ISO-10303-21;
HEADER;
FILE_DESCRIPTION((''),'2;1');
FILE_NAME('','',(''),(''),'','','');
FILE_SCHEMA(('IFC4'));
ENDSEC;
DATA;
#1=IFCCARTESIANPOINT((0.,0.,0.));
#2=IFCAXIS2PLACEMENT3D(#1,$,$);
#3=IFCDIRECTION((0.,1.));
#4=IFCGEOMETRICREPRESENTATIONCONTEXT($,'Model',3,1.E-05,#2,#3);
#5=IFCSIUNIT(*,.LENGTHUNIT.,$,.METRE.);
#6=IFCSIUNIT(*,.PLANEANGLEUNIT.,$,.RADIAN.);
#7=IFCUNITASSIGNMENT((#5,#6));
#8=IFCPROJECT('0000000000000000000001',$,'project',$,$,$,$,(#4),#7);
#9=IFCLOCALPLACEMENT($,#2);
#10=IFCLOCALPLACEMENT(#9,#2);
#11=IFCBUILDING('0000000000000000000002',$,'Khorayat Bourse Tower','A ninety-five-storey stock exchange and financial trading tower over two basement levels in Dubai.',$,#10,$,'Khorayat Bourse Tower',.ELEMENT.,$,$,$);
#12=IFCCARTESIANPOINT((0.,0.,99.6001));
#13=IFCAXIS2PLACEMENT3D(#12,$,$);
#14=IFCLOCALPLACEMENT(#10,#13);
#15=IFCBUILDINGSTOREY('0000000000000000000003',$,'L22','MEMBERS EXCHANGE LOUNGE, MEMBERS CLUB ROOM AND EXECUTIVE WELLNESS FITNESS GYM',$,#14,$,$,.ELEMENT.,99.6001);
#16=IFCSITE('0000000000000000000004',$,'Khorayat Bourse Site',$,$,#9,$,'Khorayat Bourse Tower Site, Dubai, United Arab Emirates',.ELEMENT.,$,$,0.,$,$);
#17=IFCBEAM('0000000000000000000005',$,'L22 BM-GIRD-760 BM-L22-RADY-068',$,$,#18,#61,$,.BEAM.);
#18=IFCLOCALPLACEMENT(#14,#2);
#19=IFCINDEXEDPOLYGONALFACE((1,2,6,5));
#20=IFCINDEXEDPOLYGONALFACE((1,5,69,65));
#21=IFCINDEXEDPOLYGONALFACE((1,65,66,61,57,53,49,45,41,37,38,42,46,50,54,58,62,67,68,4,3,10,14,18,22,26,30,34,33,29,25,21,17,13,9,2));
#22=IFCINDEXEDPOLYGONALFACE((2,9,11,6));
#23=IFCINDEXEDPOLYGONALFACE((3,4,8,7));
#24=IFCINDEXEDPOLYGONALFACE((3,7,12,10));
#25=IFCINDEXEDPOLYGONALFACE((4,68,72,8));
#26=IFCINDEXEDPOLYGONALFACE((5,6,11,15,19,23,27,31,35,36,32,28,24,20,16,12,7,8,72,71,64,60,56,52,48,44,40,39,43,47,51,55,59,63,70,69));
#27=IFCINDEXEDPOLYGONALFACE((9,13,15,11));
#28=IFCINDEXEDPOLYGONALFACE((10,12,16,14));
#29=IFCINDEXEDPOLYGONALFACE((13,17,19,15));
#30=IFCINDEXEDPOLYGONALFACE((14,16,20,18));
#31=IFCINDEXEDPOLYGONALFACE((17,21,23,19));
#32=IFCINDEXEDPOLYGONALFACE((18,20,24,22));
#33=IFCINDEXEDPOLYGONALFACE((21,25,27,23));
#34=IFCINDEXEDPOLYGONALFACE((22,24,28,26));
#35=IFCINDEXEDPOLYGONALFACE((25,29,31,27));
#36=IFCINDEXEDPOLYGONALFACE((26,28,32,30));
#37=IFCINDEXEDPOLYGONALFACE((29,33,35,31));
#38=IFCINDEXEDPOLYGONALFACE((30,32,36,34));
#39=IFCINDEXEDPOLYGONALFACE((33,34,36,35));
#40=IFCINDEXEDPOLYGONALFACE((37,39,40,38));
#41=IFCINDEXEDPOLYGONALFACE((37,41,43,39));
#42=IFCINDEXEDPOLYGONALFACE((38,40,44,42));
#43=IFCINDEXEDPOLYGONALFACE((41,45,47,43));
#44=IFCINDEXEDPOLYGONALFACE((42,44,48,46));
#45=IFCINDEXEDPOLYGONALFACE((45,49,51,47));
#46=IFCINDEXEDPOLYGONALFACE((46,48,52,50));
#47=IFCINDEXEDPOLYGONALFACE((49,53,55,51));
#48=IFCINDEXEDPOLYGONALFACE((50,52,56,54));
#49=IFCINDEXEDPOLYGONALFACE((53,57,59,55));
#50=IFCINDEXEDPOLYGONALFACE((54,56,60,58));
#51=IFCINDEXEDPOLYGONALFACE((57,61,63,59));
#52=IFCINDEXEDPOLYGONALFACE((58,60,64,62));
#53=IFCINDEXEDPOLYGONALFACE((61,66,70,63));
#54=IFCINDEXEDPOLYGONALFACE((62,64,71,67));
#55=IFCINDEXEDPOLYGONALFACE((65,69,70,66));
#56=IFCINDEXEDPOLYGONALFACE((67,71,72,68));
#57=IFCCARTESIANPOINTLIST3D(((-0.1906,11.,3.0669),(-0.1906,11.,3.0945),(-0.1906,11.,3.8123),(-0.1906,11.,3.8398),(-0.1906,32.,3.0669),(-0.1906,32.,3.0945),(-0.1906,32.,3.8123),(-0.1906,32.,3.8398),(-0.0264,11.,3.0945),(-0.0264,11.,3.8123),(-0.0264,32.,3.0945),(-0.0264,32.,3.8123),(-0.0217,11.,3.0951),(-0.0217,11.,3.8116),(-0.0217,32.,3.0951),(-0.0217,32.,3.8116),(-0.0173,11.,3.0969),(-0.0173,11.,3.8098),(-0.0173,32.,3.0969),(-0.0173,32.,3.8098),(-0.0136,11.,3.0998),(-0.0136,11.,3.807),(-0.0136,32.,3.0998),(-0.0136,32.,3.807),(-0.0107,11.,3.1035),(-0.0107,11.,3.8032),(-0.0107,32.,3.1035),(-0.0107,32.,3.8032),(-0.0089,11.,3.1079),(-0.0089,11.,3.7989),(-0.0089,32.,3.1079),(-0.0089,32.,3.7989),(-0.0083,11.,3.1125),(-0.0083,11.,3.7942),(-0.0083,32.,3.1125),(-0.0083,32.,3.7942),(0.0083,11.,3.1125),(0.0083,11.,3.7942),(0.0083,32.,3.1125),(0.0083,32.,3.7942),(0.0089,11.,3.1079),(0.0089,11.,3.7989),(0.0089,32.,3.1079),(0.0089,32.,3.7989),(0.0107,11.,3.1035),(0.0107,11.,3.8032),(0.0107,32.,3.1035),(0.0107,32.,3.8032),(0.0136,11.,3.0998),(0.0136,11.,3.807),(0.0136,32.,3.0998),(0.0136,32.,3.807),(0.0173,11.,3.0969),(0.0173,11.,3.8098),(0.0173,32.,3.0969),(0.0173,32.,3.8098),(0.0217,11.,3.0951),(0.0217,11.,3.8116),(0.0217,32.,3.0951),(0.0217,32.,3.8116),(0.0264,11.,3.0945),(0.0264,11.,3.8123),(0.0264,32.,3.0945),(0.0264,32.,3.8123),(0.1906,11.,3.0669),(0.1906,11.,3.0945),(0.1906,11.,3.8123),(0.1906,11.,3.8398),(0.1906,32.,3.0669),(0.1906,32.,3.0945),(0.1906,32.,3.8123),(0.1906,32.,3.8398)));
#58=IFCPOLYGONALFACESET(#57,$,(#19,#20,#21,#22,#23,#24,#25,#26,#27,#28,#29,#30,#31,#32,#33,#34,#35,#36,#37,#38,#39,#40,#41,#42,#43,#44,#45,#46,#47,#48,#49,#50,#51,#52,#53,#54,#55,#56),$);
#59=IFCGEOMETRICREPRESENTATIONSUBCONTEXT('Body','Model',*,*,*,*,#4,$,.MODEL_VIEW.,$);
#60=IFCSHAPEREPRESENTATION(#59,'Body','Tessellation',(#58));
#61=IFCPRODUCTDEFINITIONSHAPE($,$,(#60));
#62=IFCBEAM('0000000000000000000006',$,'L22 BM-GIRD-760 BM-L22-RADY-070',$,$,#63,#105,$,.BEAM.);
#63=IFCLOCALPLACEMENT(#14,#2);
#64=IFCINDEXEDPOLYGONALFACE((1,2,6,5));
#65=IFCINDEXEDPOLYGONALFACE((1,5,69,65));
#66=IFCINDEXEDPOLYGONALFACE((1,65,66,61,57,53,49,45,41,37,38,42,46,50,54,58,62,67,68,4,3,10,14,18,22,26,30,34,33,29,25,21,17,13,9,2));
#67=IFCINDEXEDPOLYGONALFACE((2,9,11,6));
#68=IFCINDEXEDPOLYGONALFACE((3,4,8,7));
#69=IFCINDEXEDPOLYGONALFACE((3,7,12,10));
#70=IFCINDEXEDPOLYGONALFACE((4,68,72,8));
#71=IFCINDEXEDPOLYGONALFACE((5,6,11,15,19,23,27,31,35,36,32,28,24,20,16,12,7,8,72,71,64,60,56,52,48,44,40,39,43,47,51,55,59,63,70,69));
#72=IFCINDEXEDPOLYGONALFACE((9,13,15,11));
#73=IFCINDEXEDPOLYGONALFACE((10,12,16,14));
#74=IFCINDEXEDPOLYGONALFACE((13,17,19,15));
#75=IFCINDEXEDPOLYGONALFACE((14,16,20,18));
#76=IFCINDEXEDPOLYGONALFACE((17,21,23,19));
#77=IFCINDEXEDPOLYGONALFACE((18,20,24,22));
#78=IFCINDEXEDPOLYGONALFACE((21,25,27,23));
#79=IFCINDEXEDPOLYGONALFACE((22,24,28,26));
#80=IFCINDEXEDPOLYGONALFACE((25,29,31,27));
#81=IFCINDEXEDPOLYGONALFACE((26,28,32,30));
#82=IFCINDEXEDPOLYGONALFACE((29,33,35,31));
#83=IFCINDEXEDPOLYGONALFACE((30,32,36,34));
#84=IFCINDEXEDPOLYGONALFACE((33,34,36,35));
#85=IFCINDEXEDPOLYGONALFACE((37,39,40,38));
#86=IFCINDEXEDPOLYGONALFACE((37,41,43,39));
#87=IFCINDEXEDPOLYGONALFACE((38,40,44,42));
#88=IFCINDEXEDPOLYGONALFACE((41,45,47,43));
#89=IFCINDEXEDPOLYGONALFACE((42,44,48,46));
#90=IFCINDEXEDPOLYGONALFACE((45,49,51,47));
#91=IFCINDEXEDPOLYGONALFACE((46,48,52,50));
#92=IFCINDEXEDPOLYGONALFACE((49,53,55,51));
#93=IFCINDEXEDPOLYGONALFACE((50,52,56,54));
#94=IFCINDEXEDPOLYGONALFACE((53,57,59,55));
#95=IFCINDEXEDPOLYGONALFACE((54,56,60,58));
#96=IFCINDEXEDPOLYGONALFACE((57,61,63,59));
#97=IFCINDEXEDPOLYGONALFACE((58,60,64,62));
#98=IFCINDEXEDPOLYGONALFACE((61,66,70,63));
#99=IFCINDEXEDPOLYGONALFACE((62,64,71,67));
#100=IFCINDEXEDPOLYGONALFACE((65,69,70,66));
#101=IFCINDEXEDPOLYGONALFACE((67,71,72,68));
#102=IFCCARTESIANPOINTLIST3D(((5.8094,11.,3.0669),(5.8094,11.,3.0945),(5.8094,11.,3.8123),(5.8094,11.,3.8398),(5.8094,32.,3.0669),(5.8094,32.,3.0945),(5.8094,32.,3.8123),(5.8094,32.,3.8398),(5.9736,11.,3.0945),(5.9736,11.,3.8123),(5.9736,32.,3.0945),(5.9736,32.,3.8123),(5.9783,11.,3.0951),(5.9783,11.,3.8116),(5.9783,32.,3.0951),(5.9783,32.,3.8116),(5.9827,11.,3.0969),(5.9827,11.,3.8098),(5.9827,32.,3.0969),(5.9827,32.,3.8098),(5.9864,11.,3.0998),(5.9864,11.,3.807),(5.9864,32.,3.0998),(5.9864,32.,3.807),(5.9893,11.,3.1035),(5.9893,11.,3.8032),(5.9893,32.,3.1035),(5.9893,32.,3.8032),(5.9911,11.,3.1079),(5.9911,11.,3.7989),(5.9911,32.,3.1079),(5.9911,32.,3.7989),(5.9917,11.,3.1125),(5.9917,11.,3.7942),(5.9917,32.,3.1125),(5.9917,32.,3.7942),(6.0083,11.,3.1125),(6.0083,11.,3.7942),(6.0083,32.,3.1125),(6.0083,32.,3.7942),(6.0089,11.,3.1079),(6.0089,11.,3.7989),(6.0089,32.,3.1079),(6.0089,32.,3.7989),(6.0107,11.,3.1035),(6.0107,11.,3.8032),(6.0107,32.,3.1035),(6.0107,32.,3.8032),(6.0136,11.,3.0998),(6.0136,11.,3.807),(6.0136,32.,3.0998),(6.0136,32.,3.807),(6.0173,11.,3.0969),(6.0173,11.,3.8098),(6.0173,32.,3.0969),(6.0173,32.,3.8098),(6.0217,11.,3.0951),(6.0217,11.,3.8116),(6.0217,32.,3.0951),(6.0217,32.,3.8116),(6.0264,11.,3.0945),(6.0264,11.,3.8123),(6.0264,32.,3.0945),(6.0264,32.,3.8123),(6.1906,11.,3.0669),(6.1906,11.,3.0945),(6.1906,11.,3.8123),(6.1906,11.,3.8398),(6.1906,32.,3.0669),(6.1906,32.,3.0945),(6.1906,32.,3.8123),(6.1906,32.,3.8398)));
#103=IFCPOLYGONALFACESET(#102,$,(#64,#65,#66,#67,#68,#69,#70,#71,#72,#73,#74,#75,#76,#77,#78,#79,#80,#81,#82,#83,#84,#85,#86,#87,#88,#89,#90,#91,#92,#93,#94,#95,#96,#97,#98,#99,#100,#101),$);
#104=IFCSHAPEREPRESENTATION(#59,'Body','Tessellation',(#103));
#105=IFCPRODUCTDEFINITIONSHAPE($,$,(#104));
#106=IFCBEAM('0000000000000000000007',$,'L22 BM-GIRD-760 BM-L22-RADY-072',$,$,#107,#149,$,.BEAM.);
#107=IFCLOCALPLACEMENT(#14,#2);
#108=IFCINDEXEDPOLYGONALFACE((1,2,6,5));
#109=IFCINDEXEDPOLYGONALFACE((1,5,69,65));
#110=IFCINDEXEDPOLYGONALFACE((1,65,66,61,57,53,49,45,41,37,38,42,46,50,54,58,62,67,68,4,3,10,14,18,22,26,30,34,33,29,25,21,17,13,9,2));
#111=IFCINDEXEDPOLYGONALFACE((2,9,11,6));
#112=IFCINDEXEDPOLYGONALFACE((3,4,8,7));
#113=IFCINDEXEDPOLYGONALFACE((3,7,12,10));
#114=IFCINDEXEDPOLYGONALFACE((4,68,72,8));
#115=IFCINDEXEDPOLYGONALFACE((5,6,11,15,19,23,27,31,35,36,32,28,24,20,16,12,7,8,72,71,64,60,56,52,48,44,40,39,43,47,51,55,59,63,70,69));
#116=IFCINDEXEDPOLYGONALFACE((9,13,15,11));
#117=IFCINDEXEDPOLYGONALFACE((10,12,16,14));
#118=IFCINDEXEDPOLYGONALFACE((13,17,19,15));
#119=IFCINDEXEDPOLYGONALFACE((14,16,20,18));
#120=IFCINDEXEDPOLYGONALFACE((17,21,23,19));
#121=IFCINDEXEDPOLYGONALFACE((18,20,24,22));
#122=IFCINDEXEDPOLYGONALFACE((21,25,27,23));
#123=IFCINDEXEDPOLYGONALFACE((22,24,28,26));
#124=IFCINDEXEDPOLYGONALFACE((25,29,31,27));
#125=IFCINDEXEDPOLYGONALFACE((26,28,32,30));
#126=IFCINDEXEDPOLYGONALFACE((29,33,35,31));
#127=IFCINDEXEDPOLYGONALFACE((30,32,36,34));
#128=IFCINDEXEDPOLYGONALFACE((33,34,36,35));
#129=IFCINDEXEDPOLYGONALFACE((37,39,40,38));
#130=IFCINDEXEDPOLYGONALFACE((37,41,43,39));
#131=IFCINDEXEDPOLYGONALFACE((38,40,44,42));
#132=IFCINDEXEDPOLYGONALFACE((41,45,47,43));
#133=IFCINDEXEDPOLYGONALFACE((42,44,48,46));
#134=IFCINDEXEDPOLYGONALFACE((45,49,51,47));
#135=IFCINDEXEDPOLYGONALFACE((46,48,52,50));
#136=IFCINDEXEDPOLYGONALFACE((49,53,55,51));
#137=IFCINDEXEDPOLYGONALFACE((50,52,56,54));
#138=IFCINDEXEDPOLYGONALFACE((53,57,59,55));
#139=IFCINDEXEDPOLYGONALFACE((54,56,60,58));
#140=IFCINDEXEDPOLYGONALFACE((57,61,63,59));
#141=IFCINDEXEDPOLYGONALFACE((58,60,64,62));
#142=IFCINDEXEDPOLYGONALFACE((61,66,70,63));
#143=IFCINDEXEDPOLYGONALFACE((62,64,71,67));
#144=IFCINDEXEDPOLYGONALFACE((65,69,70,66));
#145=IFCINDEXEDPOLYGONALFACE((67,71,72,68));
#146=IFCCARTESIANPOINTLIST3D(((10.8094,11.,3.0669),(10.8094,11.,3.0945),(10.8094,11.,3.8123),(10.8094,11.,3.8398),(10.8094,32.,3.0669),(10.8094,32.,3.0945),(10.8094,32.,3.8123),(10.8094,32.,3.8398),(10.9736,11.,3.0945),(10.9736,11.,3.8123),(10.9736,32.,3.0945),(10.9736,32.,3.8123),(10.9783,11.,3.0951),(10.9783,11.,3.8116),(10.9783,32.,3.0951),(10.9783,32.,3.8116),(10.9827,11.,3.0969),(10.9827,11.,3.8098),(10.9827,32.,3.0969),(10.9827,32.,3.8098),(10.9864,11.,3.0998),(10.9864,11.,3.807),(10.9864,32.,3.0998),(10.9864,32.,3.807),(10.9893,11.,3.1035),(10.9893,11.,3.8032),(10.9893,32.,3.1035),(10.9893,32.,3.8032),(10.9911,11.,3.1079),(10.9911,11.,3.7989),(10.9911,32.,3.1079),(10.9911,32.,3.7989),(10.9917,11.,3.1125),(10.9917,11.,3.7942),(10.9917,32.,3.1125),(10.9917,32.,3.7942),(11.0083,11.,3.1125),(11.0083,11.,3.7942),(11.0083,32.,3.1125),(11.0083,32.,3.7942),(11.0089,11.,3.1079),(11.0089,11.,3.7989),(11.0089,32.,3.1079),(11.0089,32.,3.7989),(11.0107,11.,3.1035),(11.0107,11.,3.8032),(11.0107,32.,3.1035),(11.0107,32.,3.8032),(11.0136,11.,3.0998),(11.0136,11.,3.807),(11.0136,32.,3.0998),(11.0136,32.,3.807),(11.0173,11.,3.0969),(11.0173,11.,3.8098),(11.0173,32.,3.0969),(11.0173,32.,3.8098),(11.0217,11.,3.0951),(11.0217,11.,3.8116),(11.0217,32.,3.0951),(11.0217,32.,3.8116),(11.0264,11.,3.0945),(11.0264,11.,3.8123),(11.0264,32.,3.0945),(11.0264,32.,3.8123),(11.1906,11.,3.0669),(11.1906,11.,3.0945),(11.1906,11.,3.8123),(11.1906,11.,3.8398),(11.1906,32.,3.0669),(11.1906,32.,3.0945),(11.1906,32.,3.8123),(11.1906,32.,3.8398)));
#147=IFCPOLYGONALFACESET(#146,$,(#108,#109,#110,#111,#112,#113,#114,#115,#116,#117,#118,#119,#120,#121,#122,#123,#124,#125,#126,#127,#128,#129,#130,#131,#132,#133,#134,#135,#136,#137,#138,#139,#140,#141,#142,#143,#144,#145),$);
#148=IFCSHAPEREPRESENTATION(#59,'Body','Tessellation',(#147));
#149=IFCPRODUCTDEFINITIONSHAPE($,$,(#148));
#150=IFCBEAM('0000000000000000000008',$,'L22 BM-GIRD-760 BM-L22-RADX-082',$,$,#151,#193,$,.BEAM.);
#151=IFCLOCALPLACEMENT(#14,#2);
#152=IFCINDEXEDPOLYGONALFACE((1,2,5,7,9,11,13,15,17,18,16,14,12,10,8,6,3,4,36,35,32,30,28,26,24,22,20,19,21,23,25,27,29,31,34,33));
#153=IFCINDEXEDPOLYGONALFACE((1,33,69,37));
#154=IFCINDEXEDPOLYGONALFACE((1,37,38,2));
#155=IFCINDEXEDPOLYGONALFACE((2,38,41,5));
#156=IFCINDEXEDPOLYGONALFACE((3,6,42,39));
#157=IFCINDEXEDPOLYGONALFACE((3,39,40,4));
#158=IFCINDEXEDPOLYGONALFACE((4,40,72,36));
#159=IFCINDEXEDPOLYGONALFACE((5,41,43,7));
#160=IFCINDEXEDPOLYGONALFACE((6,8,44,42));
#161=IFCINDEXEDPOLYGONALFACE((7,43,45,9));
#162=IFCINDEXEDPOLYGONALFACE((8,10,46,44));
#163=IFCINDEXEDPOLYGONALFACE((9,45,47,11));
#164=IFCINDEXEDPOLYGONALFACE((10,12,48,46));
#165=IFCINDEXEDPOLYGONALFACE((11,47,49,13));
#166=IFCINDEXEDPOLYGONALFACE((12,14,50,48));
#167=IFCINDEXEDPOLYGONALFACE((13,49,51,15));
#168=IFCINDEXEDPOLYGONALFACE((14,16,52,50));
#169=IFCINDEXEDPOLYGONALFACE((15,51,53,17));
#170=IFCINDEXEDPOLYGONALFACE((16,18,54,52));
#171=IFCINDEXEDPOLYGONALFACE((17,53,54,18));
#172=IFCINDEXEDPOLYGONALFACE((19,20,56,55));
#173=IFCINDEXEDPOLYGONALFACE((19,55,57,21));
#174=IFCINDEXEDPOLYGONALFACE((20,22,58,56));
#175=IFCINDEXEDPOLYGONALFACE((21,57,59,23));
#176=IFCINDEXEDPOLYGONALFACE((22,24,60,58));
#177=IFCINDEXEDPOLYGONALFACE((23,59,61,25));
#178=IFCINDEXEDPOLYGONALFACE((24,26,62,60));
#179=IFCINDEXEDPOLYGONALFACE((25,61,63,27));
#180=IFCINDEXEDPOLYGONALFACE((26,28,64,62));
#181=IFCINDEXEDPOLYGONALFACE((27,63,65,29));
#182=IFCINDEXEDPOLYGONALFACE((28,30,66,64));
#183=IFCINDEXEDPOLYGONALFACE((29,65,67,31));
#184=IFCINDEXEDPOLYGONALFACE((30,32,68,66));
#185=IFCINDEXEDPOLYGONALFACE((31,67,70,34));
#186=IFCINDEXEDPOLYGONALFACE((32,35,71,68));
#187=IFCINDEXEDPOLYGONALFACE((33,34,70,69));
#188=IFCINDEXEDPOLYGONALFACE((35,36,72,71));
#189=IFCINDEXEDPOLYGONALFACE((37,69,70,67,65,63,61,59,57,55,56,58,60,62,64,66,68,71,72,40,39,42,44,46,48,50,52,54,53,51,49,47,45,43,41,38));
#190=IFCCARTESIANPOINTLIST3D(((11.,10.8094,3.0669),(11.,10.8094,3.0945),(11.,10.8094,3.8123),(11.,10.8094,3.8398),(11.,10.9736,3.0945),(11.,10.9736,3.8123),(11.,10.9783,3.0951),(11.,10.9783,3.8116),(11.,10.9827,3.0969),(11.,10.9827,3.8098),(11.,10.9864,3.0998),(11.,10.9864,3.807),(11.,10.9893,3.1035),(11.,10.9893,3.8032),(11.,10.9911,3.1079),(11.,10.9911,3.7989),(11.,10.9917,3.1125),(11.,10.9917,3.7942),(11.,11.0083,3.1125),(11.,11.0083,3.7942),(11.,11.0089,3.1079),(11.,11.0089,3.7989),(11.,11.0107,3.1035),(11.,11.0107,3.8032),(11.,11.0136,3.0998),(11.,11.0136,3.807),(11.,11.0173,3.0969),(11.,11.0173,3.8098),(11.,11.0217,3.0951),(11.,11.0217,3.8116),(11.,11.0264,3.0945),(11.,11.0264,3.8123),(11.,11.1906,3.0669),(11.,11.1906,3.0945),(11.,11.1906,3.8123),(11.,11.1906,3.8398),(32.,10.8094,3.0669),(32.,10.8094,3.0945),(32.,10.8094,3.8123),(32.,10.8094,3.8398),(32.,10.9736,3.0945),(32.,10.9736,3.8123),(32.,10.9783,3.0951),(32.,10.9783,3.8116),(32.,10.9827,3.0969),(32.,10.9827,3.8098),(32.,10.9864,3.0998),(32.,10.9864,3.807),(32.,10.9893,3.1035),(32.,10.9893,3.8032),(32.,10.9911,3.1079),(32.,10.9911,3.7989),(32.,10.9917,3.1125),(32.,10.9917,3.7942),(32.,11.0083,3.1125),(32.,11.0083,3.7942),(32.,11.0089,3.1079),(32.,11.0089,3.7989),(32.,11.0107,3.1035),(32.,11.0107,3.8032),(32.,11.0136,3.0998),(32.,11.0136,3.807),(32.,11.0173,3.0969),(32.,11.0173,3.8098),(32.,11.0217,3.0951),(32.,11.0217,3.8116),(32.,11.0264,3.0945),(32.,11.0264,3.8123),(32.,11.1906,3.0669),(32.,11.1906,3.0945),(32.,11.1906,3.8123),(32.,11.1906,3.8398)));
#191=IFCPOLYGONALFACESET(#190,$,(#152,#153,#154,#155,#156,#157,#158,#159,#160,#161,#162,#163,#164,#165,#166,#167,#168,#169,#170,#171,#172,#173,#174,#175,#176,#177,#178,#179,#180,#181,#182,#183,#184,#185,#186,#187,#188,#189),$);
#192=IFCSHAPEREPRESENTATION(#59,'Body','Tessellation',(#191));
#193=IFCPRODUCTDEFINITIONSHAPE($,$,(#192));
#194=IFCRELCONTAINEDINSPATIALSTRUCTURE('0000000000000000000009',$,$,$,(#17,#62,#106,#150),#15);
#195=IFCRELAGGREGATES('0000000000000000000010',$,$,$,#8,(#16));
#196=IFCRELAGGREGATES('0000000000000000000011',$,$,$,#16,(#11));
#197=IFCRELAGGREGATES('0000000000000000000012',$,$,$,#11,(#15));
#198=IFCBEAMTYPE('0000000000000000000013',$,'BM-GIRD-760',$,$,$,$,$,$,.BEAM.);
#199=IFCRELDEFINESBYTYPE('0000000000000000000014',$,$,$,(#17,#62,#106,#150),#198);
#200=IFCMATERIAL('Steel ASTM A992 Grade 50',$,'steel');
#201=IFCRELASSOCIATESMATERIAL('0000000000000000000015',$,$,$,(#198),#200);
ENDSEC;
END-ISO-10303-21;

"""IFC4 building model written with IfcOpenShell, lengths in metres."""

from ifc_helpers import new_model, si_unit, direction, frame, origin, origin_2d, place, context, subcontext, project, spatial, i_section, extrude, source, transform, mapped, material, material_profile, profile_set, type_object, element, save


model = new_model("IFC4")

# Units and contexts
model_context = context("Model", 3, precision=1e-05, world=origin(), true_north=direction((0.0, 1.0)))
body_context = subcontext(model_context, "Body", "Model", "MODEL_VIEW")
ifc_project = project(units=[si_unit("LENGTHUNIT", "METRE"), si_unit("PLANEANGLEUNIT", "RADIAN")], contexts=[model_context])

# Site, building, storey
site_placement = place(None, origin())
site = spatial("IfcSite", under=ifc_project, at=site_placement, Name="Khorayat Bourse Site", LongName="Khorayat Bourse Tower Site, Dubai, United Arab Emirates", CompositionType="ELEMENT", RefElevation=0.0)
building_placement = place(site_placement, origin())
building = spatial("IfcBuilding", under=site, at=building_placement, Name="Khorayat Bourse Tower", Description="A ninety-five-storey stock exchange and financial trading tower over two basement levels in Dubai.", LongName="Khorayat Bourse Tower", CompositionType="ELEMENT")
storey_placement = place(building_placement, frame((0.0, 0.0, 99.6001)))
storey = spatial("IfcBuildingStorey", under=building, at=storey_placement, Name="L22", Description="MEMBERS EXCHANGE LOUNGE, MEMBERS CLUB ROOM AND EXECUTIVE WELLNESS FITNESS GYM", CompositionType="ELEMENT", Elevation=99.6001)

# Beams
ifc_material_1 = material(Name="Steel ASTM A992 Grade 50", Category="steel")
ifc_material_profile_1 = material_profile(ifc_material_1, i_section(OverallWidth=0.3811, OverallDepth=0.7729, WebThickness=0.0166, FlangeThickness=0.0276, FilletRadius=0.0181, at=origin_2d()), Name="W760X257")
ifc_profile_set_1 = profile_set([ifc_material_profile_1], Name="Steel ASTM A992 Grade 50")
beam_type_1 = type_object("IfcBeamType", Name="BM-GIRD-760", PredefinedType="BEAM", material=ifc_profile_set_1)
shared_shape_1 = source(origin(), body_context, "Body", "SweptSolid", [
    extrude(i_section(OverallWidth=0.3811, OverallDepth=0.7729, WebThickness=0.0166, FlangeThickness=0.0276, FilletRadius=0.0181, at=origin_2d()), origin(), (0.0, 0.0, 1.0), 21.0),
])
for number, where, z_axis, x_axis, name in (
    (1, (0.0, 11.0, 3.4534), (0.0, 1.0, 0.0), (-1.0, 0.0, 0.0), "L22 BM-GIRD-760 BM-L22-RADY-068"),
    (2, (6.0, 11.0, 3.4534), (0.0, 1.0, 0.0), (-1.0, 0.0, 0.0), "L22 BM-GIRD-760 BM-L22-RADY-070"),
    (3, (11.0, 11.0, 3.4534), (0.0, 1.0, 0.0), (-1.0, 0.0, 0.0), "L22 BM-GIRD-760 BM-L22-RADY-072"),
    (4, (11.0, 11.0, 3.4534), (1.0, 0.0, 0.0), (0.0, 1.0, 0.0), "L22 BM-GIRD-760 BM-L22-RADX-082"),
):
    element("IfcBeam", number, at=place(storey_placement, frame(where, z_axis=z_axis, x_axis=x_axis)), inside=storey, type_object=beam_type_1, Name=name, PredefinedType="BEAM", context=body_context, shape_type="MappedRepresentation", body=[
        mapped(shared_shape_1, transform((0.0, 0.0, 0.0), scale=1.0)),
    ])

save(model, "model.ifc")
